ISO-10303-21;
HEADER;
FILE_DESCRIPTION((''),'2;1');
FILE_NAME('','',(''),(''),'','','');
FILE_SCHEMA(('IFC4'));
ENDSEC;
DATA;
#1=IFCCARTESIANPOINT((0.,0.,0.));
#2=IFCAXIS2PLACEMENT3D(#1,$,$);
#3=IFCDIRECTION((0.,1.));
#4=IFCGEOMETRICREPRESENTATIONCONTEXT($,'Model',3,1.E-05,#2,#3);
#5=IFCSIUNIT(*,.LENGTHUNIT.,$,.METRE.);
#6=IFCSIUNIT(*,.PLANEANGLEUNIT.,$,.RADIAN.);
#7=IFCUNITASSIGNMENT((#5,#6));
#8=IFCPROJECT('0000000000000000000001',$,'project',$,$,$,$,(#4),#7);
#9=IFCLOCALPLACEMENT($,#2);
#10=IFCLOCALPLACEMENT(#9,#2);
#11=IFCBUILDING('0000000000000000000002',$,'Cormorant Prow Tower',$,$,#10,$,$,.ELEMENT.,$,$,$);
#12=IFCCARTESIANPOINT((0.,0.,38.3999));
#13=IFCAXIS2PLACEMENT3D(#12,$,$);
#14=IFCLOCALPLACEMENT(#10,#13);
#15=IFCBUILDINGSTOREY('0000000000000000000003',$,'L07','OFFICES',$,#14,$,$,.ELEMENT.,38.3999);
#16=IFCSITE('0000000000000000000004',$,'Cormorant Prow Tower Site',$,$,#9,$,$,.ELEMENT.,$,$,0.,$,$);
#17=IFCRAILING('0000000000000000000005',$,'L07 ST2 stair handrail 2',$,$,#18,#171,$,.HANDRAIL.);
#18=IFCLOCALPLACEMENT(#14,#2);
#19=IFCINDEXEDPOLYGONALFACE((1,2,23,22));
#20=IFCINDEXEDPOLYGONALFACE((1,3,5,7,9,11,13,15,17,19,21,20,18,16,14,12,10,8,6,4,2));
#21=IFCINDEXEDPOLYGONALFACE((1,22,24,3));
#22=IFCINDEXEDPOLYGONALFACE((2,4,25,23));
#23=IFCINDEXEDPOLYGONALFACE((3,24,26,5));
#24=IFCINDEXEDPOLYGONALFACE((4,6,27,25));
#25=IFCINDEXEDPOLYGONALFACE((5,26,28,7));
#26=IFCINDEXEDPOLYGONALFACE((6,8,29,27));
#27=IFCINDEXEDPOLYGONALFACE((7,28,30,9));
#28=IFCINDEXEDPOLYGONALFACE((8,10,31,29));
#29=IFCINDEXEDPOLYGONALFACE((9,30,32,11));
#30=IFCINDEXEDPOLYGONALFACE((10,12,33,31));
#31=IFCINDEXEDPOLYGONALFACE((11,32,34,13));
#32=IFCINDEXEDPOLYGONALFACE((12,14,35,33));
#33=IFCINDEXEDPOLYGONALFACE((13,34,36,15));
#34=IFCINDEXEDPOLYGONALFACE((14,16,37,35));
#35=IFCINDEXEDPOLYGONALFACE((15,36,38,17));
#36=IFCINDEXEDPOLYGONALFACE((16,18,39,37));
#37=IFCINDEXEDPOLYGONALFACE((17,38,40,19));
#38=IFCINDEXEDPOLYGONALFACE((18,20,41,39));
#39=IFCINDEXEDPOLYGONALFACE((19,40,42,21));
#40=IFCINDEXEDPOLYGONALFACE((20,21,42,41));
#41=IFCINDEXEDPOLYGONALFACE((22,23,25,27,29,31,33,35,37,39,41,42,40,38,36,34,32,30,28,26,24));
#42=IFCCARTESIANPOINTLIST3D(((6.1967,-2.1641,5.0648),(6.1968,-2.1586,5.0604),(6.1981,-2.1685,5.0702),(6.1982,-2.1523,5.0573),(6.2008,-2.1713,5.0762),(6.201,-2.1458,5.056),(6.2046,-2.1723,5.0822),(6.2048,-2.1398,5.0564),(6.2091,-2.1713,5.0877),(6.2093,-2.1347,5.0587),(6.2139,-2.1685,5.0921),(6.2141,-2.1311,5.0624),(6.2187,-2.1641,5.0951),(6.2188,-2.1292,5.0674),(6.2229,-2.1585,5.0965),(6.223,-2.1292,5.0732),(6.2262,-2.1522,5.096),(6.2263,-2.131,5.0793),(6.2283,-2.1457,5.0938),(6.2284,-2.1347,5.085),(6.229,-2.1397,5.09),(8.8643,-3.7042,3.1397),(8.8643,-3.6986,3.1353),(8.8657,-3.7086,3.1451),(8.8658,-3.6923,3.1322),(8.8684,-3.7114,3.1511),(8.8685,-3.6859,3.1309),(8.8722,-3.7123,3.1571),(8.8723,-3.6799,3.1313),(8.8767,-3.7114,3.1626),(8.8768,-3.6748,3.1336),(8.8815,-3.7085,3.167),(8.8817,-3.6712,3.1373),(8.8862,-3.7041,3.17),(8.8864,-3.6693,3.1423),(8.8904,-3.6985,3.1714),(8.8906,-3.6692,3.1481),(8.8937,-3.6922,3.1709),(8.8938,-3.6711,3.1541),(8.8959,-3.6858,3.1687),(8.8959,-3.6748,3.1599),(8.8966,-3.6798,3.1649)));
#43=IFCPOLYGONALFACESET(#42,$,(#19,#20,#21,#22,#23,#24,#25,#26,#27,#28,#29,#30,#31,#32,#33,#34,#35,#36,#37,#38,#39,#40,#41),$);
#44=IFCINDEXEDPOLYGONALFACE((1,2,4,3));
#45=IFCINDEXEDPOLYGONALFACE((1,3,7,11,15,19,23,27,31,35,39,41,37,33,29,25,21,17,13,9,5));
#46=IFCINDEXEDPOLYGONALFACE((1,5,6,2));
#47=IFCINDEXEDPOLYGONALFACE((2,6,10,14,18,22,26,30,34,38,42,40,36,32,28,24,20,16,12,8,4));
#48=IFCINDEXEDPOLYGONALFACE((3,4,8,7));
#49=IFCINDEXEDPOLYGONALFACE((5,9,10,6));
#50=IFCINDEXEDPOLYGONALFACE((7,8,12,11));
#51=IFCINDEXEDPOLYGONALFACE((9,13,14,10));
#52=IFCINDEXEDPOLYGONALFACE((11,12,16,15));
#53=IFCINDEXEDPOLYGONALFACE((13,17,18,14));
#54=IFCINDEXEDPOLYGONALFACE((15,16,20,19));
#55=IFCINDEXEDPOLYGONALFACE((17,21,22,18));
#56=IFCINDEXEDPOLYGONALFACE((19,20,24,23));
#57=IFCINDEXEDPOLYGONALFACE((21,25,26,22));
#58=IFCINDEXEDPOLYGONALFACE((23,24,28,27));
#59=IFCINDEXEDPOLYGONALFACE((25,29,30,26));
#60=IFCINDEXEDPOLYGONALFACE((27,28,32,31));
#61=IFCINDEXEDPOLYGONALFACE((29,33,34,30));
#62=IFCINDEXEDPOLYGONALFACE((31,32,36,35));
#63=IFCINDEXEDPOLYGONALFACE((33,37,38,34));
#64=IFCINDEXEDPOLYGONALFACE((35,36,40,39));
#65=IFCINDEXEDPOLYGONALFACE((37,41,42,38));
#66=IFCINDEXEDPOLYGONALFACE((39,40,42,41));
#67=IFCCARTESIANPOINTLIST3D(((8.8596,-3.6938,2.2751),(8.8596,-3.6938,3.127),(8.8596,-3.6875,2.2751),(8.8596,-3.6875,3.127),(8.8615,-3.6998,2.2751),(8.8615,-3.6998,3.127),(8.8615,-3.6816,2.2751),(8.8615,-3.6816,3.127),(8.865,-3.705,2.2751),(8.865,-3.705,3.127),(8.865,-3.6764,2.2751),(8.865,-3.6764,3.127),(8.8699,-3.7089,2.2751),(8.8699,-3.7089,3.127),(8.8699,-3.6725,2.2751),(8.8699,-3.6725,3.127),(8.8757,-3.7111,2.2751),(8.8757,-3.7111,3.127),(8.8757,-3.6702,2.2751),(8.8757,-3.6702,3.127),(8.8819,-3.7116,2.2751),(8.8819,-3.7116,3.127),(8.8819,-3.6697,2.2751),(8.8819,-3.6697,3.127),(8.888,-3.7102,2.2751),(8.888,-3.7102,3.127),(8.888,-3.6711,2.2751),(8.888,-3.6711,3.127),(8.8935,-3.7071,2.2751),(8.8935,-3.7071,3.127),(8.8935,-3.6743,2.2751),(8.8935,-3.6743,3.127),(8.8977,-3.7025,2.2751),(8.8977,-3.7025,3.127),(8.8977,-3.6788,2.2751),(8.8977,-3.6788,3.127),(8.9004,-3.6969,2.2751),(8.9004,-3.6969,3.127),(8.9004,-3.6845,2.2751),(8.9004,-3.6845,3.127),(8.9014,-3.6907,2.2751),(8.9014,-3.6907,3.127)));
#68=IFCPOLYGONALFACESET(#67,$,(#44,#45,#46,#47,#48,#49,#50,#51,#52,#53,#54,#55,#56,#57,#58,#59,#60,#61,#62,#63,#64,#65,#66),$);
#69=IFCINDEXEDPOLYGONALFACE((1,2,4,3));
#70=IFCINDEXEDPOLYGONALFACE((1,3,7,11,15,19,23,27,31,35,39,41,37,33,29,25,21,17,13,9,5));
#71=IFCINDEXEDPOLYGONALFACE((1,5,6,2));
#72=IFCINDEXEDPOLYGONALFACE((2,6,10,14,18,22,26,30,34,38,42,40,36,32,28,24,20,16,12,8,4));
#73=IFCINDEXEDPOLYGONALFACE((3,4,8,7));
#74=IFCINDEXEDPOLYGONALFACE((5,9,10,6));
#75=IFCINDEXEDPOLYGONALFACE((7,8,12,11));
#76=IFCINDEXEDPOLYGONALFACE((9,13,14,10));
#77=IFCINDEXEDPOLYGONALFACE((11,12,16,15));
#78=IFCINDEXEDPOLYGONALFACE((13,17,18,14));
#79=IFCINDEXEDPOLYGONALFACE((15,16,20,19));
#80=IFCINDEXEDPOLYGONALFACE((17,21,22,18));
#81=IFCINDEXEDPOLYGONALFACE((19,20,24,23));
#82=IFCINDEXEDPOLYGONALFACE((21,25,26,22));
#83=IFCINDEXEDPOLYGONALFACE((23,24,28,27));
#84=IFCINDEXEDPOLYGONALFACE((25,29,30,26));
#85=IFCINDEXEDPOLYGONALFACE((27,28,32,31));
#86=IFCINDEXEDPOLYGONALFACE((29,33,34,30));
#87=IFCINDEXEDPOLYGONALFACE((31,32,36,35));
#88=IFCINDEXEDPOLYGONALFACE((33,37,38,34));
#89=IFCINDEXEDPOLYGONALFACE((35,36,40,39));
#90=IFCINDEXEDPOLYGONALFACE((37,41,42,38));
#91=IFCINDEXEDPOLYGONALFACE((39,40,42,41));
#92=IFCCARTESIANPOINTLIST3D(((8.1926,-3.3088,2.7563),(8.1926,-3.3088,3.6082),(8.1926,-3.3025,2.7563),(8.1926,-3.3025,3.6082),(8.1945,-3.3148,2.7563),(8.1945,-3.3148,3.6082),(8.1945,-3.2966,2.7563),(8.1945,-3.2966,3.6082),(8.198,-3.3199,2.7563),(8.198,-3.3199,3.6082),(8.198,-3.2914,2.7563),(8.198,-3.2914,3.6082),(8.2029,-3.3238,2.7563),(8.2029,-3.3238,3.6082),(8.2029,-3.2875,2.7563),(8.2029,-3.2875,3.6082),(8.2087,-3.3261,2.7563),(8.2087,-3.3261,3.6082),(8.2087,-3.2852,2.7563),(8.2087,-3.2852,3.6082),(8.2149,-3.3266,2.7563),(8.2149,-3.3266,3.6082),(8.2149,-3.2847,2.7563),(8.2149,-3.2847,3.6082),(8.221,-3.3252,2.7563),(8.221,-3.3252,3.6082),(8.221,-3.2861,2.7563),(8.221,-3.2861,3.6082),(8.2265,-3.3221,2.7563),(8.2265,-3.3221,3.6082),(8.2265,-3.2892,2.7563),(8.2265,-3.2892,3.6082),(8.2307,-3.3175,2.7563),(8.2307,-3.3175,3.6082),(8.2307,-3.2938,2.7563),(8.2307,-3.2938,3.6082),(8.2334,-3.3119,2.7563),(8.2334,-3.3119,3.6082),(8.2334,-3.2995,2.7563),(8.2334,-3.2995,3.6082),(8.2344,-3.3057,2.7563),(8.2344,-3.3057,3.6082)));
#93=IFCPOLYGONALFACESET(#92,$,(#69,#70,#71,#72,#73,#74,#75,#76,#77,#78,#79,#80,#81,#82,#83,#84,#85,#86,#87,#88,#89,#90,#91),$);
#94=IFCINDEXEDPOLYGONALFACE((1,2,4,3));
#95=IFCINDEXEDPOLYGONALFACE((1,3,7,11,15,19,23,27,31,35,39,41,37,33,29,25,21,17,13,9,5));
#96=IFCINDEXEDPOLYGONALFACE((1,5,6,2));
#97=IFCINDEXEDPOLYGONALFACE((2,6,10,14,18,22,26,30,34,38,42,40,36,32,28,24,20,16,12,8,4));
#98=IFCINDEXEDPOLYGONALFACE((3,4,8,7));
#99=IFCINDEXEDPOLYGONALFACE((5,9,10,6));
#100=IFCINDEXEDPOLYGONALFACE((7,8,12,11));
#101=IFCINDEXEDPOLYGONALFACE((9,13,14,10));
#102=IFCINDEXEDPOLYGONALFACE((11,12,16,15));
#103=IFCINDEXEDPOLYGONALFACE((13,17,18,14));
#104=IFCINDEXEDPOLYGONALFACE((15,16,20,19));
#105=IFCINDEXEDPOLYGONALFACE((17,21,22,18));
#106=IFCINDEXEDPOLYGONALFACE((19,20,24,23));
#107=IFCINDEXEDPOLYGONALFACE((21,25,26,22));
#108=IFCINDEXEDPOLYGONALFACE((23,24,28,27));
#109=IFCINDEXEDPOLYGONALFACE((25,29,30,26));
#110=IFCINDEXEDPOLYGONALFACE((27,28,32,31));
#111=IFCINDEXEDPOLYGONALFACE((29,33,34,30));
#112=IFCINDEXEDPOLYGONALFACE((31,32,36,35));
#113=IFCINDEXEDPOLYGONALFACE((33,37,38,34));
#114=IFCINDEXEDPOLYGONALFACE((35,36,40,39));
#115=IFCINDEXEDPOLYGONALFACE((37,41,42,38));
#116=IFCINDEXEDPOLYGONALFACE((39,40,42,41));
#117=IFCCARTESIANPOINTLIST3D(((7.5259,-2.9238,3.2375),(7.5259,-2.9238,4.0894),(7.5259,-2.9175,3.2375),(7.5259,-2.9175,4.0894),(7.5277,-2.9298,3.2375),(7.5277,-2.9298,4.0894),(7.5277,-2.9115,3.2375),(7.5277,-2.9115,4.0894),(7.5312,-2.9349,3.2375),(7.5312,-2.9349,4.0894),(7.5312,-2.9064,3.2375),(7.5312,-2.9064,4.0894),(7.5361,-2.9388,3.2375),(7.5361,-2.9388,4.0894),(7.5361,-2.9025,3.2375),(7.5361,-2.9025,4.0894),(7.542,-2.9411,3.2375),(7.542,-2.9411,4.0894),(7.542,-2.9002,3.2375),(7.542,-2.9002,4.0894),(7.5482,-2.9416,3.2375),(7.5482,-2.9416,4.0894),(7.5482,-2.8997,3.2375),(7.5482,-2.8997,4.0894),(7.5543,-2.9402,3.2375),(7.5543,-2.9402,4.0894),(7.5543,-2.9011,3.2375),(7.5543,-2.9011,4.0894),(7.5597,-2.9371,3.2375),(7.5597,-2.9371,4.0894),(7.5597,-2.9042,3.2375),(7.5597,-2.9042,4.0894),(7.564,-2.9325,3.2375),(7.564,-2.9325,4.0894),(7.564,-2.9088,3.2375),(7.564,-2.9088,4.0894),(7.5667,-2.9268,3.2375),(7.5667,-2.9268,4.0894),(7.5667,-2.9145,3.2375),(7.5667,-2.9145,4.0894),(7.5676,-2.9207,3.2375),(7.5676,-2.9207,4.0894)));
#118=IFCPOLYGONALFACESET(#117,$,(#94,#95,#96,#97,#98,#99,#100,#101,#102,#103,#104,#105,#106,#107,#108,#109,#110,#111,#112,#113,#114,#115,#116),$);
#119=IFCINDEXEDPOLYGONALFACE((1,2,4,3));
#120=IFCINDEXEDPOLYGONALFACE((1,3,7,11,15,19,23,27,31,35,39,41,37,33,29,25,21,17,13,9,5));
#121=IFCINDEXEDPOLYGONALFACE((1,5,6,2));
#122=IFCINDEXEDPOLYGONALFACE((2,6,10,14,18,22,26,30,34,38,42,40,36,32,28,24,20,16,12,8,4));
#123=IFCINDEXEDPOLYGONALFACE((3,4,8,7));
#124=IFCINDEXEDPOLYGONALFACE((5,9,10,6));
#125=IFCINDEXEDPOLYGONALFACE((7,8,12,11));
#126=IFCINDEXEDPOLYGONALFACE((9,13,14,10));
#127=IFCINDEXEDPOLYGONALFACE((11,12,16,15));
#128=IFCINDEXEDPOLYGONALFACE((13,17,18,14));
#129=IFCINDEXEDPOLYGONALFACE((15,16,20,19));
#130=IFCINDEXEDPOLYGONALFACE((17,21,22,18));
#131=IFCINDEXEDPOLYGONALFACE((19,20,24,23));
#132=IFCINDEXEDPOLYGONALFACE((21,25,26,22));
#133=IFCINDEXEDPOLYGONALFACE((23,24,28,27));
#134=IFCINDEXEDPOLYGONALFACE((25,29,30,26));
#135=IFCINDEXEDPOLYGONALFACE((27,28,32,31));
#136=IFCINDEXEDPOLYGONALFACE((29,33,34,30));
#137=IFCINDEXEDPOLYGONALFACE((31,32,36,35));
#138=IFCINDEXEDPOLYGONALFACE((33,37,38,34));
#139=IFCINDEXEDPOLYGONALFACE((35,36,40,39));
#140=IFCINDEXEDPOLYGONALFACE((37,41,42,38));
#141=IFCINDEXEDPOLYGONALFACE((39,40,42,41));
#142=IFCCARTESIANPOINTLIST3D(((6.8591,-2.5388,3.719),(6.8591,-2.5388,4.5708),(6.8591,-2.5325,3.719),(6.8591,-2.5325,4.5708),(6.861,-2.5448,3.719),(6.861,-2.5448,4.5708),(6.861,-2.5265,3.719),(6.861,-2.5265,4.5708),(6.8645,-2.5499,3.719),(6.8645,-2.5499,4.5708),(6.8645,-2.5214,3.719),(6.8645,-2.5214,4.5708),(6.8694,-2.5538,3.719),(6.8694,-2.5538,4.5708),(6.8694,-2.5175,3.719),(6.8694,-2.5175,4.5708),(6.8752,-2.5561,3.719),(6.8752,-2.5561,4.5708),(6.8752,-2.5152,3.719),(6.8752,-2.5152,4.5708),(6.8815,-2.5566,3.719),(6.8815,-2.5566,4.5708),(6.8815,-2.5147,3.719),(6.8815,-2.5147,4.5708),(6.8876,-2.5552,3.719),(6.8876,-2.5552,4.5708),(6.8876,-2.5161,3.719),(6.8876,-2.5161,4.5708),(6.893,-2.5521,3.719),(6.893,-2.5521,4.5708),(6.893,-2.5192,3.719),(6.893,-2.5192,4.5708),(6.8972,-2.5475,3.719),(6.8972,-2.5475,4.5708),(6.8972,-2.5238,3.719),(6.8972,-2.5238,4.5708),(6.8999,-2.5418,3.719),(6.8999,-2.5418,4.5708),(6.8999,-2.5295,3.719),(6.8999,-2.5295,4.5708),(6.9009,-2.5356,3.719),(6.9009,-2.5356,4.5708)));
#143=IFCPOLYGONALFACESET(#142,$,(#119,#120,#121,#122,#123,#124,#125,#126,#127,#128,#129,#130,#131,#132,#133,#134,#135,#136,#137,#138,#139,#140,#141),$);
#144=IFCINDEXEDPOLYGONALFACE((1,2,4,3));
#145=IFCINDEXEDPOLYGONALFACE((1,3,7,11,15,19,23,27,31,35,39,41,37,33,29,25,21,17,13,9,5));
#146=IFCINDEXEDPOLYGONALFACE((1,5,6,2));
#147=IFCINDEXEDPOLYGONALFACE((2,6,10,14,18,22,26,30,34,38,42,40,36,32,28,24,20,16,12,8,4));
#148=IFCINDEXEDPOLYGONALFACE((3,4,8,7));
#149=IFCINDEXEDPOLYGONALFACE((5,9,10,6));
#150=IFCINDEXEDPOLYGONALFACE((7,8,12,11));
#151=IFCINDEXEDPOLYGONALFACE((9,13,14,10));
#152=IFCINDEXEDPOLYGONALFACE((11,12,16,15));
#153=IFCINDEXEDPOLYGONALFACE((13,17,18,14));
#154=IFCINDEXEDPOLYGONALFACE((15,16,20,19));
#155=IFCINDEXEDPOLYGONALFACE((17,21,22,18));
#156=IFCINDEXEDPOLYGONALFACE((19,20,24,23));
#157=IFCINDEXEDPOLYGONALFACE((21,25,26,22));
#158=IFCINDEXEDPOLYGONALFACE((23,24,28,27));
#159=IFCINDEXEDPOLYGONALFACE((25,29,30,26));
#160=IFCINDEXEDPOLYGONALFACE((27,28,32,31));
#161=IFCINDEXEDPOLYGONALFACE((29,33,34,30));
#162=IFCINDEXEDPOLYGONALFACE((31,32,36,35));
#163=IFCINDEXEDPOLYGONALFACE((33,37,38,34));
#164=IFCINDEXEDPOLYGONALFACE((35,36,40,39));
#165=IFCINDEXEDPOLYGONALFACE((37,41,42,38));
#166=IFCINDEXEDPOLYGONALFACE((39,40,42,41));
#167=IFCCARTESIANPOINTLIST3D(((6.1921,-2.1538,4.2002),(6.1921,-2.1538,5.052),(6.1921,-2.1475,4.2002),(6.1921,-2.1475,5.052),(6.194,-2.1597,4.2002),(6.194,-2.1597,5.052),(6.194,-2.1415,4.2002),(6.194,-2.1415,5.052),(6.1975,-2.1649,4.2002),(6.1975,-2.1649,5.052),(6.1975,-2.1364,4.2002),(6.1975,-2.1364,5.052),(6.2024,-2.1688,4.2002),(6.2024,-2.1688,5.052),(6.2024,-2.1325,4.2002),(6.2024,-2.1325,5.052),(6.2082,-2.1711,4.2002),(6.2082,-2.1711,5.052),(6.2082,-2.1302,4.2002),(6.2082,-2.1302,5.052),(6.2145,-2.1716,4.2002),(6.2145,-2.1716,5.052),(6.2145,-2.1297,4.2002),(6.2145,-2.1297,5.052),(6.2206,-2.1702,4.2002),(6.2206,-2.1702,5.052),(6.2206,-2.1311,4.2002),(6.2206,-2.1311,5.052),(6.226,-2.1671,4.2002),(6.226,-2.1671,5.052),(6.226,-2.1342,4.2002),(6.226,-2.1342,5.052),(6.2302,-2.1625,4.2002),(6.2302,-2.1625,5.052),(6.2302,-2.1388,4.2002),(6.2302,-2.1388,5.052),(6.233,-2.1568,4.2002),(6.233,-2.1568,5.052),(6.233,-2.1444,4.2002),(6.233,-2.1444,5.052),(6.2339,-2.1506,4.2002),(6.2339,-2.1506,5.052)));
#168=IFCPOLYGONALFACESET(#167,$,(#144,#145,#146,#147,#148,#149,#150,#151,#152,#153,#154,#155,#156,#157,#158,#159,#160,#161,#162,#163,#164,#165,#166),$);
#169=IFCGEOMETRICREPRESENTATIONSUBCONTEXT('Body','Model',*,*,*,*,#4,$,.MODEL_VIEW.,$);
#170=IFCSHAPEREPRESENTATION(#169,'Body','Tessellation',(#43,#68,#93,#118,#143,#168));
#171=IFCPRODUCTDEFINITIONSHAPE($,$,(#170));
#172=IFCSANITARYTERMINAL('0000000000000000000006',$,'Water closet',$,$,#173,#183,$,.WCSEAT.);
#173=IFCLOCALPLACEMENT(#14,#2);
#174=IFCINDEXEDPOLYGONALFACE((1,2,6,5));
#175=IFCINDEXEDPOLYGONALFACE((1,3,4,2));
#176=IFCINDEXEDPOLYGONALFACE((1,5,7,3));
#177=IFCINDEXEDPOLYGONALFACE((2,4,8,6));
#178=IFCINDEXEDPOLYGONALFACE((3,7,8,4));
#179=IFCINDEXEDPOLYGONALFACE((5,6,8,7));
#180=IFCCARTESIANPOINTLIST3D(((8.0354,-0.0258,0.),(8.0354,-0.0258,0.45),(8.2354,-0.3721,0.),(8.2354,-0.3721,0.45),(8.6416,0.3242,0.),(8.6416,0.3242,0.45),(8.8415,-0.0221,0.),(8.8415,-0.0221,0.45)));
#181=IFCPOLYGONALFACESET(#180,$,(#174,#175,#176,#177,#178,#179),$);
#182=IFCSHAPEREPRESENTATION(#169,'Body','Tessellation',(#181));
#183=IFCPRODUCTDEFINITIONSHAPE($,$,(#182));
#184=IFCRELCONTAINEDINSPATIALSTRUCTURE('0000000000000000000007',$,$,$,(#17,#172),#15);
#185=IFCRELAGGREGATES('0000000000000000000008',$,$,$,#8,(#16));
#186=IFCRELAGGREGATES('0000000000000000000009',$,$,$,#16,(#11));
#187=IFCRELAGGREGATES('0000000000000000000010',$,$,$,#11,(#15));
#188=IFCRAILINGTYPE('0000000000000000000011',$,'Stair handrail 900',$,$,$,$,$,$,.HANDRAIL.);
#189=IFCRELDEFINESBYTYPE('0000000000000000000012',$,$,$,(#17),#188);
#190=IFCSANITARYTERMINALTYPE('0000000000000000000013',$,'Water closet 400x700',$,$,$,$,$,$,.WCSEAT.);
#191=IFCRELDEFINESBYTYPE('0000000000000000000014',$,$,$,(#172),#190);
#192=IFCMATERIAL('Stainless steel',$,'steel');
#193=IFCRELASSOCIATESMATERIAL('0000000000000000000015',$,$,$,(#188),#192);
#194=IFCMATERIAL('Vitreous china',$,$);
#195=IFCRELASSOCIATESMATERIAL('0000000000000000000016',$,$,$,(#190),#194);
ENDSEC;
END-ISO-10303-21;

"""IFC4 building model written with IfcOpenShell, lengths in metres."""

from ifc_helpers import new_model, si_unit, direction, frame, origin, origin_2d, place, context, subcontext, project, spatial, rectangle, circle, extrude, material, type_object, element, save


model = new_model("IFC4")

# Units and contexts
model_context = context("Model", 3, precision=1e-05, world=origin(), true_north=direction((0.0, 1.0)))
body_context = subcontext(model_context, "Body", "Model", "MODEL_VIEW")
ifc_project = project(units=[si_unit("LENGTHUNIT", "METRE"), si_unit("PLANEANGLEUNIT", "RADIAN")], contexts=[model_context])

# Site, building, storey
site_placement = place(None, origin())
site = spatial("IfcSite", under=ifc_project, at=site_placement, Name="Cormorant Prow Tower Site", CompositionType="ELEMENT", RefElevation=0.0)
building_placement = place(site_placement, origin())
building = spatial("IfcBuilding", under=site, at=building_placement, Name="Cormorant Prow Tower", CompositionType="ELEMENT")
storey_placement = place(building_placement, frame((0.0, 0.0, 38.3999)))
storey = spatial("IfcBuildingStorey", under=building, at=storey_placement, Name="L07", Description="OFFICES", CompositionType="ELEMENT", Elevation=38.3999)

# Railing
ifc_material_1 = material(Name="Stainless steel", Category="steel")
railing_type_1 = type_object("IfcRailingType", Name="Stair handrail 900", PredefinedType="HANDRAIL", material=ifc_material_1)
railing_1_placement = place(storey_placement, frame((8.8804, -3.6907, 2.2751)))
element("IfcRailing", 1, at=railing_1_placement, inside=storey, type_object=railing_type_1, Name="L07 ST2 stair handrail 2", PredefinedType="HANDRAIL", context=body_context, shape_type="SweptSolid", body=[
    extrude(circle(Radius=0.0239, at=origin_2d()), frame((0.0, 0.0, 0.876), z_axis=(-0.734395, 0.423994, 0.529993), x_axis=(-0.499992, -0.86603, 0.0)), (0.0, 0.0, 1.0), 3.6323),
    extrude(circle(Radius=0.021, at=origin_2d()), origin(), (0.0, 0.0, 1.0), 0.8518),
    extrude(circle(Radius=0.021, at=origin_2d()), frame((-0.667, 0.385, 0.4812)), (0.0, 0.0, 1.0), 0.8518),
    extrude(circle(Radius=0.021, at=origin_2d()), frame((-1.3337, 0.77, 0.9624)), (0.0, 0.0, 1.0), 0.8518),
    extrude(circle(Radius=0.021, at=origin_2d()), frame((-2.0005, 1.155, 1.4438)), (0.0, 0.0, 1.0), 0.8518),
    extrude(circle(Radius=0.021, at=origin_2d()), frame((-2.6675, 1.54, 1.925)), (0.0, 0.0, 1.0), 0.8518),
])

# Sanitary terminal
ifc_material_2 = material(Name="Vitreous china")
sanitary_terminal_type = type_object("IfcSanitaryTerminalType", Name="Water closet 400x700", PredefinedType="WCSEAT", material=ifc_material_2)
sanitary_terminal_placement = place(storey_placement, frame((8.4385, -0.0239, 0.0), z_axis=(0.0, 0.0, 1.0), x_axis=(0.5, -0.866025, 0.0)))
element("IfcSanitaryTerminal", 2, at=sanitary_terminal_placement, inside=storey, type_object=sanitary_terminal_type, Name="Water closet", PredefinedType="WCSEAT", context=body_context, shape_type="SweptSolid", body=[
    extrude(rectangle(XDim=0.3999, YDim=0.7, at=origin_2d()), origin(), (0.0, 0.0, 1.0), 0.45),
])

save(model, "model.ifc")
